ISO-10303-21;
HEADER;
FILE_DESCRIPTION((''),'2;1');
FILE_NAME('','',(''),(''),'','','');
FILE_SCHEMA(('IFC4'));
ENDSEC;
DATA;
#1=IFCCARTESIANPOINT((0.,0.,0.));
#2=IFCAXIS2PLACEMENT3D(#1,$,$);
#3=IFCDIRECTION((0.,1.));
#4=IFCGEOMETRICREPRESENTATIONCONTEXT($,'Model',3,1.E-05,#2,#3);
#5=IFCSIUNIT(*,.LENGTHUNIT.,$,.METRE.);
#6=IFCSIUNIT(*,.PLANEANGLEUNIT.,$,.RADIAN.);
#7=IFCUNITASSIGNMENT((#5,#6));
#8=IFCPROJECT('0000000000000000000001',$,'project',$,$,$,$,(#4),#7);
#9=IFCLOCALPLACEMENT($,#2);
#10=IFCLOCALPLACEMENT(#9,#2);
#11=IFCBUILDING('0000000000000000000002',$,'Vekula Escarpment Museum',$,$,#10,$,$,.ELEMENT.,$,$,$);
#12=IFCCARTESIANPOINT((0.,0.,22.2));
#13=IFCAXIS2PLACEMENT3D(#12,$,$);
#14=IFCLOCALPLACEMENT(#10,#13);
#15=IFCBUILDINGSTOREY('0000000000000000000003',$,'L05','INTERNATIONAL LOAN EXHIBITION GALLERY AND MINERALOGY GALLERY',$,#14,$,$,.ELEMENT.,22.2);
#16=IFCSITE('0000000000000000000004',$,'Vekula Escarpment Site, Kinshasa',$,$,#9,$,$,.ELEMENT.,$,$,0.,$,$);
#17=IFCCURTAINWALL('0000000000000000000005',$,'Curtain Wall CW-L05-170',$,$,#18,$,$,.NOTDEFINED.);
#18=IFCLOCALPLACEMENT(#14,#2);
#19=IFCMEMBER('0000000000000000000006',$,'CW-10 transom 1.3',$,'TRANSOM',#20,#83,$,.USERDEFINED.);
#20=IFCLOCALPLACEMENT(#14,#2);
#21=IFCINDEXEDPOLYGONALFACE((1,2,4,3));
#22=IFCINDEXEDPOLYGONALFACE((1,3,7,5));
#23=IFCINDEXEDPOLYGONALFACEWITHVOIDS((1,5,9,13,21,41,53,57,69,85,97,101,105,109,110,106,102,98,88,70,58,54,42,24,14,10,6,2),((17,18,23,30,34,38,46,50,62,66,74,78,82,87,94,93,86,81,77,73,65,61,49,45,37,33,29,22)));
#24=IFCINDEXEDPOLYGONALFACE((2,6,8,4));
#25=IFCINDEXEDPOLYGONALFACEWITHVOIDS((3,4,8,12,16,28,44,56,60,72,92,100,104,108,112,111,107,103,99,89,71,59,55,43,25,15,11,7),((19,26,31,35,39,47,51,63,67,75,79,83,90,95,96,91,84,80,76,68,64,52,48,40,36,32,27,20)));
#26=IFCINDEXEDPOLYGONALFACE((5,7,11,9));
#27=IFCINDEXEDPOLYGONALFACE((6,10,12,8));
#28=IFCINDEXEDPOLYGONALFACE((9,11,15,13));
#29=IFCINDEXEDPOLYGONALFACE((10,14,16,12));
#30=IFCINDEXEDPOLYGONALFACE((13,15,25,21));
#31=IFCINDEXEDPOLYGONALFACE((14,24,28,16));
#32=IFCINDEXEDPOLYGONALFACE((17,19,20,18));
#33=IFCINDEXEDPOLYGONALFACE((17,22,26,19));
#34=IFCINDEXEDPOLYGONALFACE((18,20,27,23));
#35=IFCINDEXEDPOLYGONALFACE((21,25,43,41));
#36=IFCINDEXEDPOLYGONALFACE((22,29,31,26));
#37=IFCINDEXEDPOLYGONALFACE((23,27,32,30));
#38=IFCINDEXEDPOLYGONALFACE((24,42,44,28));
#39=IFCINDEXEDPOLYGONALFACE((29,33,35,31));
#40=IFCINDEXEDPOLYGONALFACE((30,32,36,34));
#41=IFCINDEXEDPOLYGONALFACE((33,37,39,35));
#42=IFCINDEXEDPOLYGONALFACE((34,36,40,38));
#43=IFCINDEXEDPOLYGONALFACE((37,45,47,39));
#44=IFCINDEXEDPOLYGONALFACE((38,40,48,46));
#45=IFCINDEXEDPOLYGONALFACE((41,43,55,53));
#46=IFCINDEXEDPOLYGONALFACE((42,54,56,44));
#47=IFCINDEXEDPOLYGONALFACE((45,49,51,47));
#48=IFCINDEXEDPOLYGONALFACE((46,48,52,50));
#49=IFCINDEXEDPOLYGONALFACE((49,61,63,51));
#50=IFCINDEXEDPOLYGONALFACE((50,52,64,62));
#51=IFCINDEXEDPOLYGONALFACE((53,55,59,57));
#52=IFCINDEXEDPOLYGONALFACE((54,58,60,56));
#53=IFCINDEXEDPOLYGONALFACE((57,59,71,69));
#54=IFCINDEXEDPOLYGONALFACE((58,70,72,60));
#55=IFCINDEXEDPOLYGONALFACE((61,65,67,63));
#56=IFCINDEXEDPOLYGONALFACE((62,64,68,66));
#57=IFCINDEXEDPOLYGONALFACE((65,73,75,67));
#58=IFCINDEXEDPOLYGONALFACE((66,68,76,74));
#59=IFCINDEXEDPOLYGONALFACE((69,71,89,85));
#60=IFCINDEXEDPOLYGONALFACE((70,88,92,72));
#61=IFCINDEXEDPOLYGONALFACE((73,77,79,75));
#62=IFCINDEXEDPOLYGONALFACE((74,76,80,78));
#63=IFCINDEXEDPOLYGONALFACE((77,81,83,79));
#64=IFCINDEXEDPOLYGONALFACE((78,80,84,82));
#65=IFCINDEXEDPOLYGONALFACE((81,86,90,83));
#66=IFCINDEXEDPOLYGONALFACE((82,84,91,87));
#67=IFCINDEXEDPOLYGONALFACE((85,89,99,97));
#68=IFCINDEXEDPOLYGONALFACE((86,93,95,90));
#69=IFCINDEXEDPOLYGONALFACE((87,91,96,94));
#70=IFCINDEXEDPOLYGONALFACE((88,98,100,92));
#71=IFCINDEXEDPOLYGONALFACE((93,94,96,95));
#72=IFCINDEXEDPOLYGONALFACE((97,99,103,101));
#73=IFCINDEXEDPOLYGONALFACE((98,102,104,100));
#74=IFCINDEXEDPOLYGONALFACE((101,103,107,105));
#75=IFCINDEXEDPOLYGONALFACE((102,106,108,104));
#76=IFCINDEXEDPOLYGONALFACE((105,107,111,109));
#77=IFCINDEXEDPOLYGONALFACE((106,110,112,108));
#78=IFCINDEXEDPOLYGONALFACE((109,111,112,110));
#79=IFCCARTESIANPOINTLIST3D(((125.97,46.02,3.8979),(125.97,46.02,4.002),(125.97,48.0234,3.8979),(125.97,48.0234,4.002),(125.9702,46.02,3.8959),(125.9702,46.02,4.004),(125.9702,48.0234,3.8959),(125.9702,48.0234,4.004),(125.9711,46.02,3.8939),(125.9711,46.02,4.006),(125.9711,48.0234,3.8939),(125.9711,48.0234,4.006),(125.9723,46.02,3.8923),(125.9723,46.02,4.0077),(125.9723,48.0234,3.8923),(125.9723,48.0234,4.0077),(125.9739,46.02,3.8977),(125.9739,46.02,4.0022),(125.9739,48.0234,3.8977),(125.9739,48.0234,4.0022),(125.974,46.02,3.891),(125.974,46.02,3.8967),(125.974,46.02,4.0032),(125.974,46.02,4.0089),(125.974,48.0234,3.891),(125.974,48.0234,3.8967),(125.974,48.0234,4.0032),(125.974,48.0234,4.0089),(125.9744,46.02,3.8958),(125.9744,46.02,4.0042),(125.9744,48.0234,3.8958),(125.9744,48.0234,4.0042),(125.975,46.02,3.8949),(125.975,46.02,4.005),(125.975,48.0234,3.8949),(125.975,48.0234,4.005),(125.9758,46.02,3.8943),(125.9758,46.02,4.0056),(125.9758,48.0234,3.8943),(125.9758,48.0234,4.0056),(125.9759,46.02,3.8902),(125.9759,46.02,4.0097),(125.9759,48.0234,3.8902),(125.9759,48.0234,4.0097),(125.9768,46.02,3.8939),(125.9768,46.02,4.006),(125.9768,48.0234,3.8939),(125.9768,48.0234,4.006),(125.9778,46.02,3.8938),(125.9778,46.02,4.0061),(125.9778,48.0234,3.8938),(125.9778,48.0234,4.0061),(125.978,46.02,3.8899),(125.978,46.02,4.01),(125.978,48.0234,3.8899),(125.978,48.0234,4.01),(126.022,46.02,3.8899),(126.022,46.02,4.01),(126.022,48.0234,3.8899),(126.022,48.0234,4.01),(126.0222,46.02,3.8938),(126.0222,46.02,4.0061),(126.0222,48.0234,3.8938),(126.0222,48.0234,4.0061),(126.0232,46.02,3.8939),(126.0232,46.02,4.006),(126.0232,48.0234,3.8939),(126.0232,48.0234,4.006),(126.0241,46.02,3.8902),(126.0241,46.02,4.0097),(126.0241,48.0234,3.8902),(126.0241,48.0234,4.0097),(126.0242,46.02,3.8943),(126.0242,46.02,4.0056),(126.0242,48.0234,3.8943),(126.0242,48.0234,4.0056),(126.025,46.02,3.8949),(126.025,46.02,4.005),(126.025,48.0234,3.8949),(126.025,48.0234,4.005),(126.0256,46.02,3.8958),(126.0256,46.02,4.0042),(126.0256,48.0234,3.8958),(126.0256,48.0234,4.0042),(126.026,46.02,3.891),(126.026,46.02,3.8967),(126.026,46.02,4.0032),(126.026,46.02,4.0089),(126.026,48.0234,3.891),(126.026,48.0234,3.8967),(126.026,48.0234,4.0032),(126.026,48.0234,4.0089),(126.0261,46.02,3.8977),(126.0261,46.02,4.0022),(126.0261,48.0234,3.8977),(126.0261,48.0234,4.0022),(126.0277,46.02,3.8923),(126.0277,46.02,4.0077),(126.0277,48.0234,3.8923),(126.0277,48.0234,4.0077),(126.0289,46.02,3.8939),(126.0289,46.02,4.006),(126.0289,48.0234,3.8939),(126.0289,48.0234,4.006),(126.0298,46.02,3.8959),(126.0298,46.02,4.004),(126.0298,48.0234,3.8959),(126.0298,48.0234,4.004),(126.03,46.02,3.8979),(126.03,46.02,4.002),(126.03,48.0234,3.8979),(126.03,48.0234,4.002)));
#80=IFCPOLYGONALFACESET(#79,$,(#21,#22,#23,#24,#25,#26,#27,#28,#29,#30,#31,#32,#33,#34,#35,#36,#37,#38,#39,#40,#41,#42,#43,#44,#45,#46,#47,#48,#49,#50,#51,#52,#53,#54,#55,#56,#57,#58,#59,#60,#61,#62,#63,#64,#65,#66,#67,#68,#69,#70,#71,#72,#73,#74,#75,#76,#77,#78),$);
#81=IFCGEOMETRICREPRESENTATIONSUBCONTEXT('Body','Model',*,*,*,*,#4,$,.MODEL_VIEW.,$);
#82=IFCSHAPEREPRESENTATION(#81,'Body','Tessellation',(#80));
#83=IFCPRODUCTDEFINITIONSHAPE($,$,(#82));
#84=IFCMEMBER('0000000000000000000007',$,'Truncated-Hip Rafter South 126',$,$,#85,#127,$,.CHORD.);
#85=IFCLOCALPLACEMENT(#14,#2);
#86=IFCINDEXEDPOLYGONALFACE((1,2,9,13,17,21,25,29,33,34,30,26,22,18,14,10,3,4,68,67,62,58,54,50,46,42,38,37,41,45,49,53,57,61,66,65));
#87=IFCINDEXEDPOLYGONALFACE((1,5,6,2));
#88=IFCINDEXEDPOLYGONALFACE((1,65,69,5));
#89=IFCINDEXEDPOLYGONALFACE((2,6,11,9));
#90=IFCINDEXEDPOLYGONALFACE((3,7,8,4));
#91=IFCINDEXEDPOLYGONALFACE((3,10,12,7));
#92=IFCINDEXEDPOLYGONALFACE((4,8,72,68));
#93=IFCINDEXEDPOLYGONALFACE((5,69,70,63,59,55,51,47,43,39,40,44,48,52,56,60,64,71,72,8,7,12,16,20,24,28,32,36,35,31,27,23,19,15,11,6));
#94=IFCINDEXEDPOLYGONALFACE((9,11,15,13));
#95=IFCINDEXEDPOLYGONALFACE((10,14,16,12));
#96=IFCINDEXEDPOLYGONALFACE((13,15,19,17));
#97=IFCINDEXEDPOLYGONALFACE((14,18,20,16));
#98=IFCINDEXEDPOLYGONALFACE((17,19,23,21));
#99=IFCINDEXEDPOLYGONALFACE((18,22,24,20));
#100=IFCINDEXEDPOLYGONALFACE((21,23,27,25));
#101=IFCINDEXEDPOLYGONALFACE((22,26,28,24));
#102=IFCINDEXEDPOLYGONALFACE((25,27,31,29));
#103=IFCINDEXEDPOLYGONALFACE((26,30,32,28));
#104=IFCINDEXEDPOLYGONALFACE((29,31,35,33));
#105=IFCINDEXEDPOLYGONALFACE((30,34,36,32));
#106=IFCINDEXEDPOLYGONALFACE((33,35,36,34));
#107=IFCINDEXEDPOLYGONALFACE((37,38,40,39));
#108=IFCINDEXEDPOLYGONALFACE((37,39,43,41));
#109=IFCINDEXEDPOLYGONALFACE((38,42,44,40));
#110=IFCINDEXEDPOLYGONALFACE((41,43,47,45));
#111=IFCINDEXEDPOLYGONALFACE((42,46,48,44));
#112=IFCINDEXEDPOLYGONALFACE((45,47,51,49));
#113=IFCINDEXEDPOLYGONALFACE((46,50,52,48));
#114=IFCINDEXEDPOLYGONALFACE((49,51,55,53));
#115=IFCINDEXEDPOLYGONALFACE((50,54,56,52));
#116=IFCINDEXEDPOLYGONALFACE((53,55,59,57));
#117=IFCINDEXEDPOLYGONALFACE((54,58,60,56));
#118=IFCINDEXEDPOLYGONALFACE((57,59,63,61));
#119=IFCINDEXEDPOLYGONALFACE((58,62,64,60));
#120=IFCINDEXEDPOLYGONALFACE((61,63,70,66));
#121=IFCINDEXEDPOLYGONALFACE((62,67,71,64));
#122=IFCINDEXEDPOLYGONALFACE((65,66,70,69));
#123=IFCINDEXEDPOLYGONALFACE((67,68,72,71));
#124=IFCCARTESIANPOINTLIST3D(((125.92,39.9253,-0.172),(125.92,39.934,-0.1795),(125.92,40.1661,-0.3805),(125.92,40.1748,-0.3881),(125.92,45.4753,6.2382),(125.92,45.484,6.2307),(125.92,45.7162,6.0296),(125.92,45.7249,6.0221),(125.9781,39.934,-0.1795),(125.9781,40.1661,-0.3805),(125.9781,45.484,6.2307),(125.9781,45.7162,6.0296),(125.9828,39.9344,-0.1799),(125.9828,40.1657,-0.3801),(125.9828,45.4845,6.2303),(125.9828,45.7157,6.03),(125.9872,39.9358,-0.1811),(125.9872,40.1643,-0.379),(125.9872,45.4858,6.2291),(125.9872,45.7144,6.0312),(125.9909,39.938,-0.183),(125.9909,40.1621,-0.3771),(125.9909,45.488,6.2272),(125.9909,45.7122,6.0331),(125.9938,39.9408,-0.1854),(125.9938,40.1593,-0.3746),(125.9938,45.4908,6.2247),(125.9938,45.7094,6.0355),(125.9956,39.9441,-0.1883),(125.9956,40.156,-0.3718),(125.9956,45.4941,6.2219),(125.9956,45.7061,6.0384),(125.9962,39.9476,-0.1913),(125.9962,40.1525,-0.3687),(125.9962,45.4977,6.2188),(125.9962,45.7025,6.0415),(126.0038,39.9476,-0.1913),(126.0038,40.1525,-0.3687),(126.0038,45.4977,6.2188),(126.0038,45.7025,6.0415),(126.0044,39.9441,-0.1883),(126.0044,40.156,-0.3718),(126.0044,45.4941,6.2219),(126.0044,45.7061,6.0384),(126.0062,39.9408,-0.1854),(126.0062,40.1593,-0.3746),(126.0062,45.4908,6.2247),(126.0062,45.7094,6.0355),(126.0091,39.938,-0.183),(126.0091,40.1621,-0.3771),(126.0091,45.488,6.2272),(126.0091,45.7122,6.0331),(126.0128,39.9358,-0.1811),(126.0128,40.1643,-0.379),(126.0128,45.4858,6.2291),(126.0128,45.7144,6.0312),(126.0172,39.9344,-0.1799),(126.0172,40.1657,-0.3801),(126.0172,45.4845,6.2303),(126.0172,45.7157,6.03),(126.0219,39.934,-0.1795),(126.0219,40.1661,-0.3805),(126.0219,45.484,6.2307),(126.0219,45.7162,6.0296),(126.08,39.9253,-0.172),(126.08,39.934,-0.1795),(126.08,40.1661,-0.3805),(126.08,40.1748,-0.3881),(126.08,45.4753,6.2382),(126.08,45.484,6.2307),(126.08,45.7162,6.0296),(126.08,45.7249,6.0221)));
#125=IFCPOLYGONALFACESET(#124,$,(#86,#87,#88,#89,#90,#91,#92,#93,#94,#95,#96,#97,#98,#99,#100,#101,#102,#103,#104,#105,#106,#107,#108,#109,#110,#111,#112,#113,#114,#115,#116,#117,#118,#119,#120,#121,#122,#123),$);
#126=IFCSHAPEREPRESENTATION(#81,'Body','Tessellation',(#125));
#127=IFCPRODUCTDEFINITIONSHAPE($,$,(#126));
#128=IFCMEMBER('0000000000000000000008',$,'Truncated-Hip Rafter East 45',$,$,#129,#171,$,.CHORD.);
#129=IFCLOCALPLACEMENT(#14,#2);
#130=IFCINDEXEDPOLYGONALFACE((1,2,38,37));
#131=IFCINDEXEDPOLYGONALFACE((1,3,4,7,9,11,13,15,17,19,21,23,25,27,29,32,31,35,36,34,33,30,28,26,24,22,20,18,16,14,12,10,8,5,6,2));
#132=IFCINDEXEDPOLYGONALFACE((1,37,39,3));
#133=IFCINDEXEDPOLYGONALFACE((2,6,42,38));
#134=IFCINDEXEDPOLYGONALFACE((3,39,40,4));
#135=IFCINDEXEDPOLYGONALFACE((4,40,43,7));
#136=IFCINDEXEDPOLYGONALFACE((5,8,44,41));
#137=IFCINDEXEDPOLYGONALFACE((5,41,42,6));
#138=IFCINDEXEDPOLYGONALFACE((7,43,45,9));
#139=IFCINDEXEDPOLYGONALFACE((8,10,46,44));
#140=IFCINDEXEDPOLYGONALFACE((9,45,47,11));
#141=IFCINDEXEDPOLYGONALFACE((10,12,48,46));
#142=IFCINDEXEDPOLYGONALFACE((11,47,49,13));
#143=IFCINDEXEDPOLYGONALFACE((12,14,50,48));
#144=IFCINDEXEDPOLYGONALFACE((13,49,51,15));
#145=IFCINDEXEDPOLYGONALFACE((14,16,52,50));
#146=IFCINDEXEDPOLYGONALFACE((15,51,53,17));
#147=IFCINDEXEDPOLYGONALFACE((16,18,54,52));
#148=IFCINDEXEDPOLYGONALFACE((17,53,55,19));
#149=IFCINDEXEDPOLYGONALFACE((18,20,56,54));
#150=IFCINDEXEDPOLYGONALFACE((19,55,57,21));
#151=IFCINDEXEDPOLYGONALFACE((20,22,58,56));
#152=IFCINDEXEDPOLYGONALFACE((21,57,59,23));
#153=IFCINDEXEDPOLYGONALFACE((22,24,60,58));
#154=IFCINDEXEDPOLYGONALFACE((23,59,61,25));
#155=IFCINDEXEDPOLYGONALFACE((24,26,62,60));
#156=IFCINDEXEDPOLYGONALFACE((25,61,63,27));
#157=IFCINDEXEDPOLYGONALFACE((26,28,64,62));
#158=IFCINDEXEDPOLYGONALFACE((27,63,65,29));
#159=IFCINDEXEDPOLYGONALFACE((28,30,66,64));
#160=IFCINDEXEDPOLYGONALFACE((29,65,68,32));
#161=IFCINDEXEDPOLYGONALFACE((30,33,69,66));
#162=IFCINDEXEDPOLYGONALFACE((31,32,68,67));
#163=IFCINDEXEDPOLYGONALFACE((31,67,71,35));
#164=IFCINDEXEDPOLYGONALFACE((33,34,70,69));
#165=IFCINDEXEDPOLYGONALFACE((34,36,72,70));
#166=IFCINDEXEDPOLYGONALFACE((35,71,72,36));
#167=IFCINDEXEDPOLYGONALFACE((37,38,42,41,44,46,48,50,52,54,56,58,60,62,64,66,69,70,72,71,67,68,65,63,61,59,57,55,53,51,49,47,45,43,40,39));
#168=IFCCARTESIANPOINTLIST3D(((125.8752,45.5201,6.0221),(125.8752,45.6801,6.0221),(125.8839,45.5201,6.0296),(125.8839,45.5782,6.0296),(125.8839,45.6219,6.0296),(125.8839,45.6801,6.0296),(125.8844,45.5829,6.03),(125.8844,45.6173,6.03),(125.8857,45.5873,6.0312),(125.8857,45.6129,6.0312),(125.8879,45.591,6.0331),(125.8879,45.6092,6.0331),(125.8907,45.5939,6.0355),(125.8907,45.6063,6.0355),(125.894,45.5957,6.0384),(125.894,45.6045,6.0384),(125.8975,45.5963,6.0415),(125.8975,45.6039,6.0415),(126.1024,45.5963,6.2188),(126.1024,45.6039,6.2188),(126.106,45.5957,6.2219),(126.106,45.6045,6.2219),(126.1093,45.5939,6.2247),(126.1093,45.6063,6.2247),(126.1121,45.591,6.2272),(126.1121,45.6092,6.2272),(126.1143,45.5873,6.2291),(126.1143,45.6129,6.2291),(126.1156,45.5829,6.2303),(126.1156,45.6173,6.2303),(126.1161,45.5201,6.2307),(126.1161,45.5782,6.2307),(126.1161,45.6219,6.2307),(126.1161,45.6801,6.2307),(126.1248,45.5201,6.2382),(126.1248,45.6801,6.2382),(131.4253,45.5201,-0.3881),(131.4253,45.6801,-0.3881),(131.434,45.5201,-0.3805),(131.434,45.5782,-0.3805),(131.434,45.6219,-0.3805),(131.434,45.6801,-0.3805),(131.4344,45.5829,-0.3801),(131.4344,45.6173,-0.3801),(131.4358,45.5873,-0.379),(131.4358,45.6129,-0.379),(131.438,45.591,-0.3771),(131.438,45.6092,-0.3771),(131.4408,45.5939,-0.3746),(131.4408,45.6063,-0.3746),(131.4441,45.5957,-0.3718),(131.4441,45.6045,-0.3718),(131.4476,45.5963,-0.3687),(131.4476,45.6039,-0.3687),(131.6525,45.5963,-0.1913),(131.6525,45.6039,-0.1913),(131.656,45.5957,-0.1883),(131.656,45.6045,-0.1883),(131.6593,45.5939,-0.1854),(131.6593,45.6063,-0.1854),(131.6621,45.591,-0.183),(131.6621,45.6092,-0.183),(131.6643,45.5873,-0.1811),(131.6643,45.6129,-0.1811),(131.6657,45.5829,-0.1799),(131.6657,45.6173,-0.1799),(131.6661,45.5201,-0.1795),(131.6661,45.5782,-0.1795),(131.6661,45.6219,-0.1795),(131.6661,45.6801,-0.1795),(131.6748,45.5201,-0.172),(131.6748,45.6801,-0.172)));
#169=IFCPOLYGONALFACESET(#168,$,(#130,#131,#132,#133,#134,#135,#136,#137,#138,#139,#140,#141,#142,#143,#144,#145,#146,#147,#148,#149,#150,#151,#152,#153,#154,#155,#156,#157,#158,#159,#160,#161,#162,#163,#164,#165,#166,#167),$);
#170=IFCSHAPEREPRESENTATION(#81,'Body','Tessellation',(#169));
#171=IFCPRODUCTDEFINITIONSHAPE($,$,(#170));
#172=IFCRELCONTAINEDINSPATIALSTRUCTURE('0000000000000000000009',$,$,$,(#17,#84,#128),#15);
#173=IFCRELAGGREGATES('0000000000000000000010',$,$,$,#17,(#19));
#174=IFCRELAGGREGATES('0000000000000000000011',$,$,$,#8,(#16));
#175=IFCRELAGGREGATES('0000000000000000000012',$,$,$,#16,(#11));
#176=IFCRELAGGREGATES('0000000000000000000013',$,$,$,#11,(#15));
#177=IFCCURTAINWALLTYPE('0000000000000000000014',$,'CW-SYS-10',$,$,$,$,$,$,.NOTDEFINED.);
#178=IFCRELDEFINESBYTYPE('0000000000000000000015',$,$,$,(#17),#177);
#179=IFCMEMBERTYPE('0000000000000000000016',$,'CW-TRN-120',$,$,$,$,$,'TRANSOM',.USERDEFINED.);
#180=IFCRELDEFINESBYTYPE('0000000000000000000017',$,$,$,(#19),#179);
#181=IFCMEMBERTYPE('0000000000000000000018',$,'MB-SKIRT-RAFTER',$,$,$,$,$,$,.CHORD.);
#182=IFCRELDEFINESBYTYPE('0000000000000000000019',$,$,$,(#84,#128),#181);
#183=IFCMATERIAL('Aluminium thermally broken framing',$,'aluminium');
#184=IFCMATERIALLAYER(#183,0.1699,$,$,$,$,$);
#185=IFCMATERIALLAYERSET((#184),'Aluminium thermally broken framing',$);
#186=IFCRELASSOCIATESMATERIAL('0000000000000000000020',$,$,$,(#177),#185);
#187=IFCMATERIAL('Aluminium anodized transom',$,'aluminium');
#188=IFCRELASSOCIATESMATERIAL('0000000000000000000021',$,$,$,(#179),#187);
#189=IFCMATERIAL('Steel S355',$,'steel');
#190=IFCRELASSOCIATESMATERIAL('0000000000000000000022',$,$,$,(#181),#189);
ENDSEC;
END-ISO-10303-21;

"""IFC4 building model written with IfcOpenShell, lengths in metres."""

from ifc_helpers import new_model, si_unit, direction, frame, origin, origin_2d, place, context, subcontext, project, spatial, hollow_rectangle, i_section, extrude, material, layer, layer_set, material_profile, profile_set, type_object, element, aggregate, save


model = new_model("IFC4")

# Units and contexts
model_context = context("Model", 3, precision=1e-05, world=origin(), true_north=direction((0.0, 1.0)))
body_context = subcontext(model_context, "Body", "Model", "MODEL_VIEW")
ifc_project = project(units=[si_unit("LENGTHUNIT", "METRE"), si_unit("PLANEANGLEUNIT", "RADIAN")], contexts=[model_context])

# Site, building, storey
site_placement = place(None, origin())
site = spatial("IfcSite", under=ifc_project, at=site_placement, Name="Vekula Escarpment Site, Kinshasa", CompositionType="ELEMENT", RefElevation=0.0)
building_placement = place(site_placement, origin())
building = spatial("IfcBuilding", under=site, at=building_placement, Name="Vekula Escarpment Museum", CompositionType="ELEMENT")
storey_placement = place(building_placement, frame((0.0, 0.0, 22.2)))
storey = spatial("IfcBuildingStorey", under=building, at=storey_placement, Name="L05", Description="INTERNATIONAL LOAN EXHIBITION GALLERY AND MINERALOGY GALLERY", CompositionType="ELEMENT", Elevation=22.2)

# Curtain wall
ifc_material_1 = material(Name="Aluminium thermally broken framing", Category="aluminium")
ifc_layer_1 = layer(ifc_material_1, 0.1699)
ifc_layer_set_1 = layer_set([ifc_layer_1], Name="Aluminium thermally broken framing")
curtain_wall_type_1 = type_object("IfcCurtainWallType", Name="CW-SYS-10", PredefinedType="NOTDEFINED", material=ifc_layer_set_1)
curtain_wall_1_placement = place(storey_placement, origin())
curtain_wall_1 = element("IfcCurtainWall", 1, at=curtain_wall_1_placement, inside=storey, type_object=curtain_wall_type_1, Name="Curtain Wall CW-L05-170", PredefinedType="NOTDEFINED")

# Member
ifc_material_2 = material(Name="Aluminium anodized transom", Category="aluminium")
ifc_material_profile_1 = material_profile(ifc_material_2, hollow_rectangle(XDim=0.0601, YDim=0.1201, WallThickness=0.0039, InnerFilletRadius=0.0039, OuterFilletRadius=0.0081, at=origin_2d()), Name="ALU 120x60x4")
ifc_profile_set_1 = profile_set([ifc_material_profile_1], Name="Aluminium anodized transom")
member_type_1 = type_object("IfcMemberType", Name="CW-TRN-120", ElementType="TRANSOM", PredefinedType="USERDEFINED", material=ifc_profile_set_1)
member_1_placement = place(storey_placement, frame((126.0, 46.02, 3.95), z_axis=(0.0, 1.0, 0.0), x_axis=(-1.0, 0.0, 0.0)))
member_1 = element("IfcMember", 2, at=member_1_placement, type_object=member_type_1, Name="CW-10 transom 1.3", ObjectType="TRANSOM", PredefinedType="USERDEFINED", context=body_context, shape_type="SweptSolid", body=[
    extrude(hollow_rectangle(XDim=0.0601, YDim=0.1201, WallThickness=0.0039, InnerFilletRadius=0.0039, OuterFilletRadius=0.0081, at=origin_2d()), origin(), (0.0, 0.0, 1.0), 2.0034),
])

# Members
ifc_material_3 = material(Name="Steel S355", Category="steel")
ifc_material_profile_2 = material_profile(ifc_material_3, i_section(OverallWidth=0.1599, OverallDepth=0.3301, WebThickness=0.0076, FlangeThickness=0.0115, FilletRadius=0.0181, at=origin_2d()), Name="IPE 330")
ifc_profile_set_2 = profile_set([ifc_material_profile_2], Name="Steel S355")
member_type_2 = type_object("IfcMemberType", Name="MB-SKIRT-RAFTER", PredefinedType="CHORD", material=ifc_profile_set_2)
for number, where, z_axis, x_axis, name in (
    (3, (126.0, 40.05, -0.28), (0.0, 0.654565, 0.756005), (-1.0, 0.0, 0.0), "Truncated-Hip Rafter South 126"),
    (4, (131.55, 45.6001, -0.28), (-0.654565, 0.0, 0.756005), (0.0, -1.0, 0.0), "Truncated-Hip Rafter East 45"),
):
    element("IfcMember", number, at=place(storey_placement, frame(where, z_axis=z_axis, x_axis=x_axis)), inside=storey, type_object=member_type_2, Name=name, PredefinedType="CHORD", context=body_context, shape_type="SweptSolid", body=[
        extrude(i_section(OverallWidth=0.1599, OverallDepth=0.3301, WebThickness=0.0076, FlangeThickness=0.0115, FilletRadius=0.0181, at=origin_2d()), origin(), (0.0, 0.0, 1.0), 8.479),
    ])

aggregate(curtain_wall_1, [member_1])

save(model, "model.ifc")
